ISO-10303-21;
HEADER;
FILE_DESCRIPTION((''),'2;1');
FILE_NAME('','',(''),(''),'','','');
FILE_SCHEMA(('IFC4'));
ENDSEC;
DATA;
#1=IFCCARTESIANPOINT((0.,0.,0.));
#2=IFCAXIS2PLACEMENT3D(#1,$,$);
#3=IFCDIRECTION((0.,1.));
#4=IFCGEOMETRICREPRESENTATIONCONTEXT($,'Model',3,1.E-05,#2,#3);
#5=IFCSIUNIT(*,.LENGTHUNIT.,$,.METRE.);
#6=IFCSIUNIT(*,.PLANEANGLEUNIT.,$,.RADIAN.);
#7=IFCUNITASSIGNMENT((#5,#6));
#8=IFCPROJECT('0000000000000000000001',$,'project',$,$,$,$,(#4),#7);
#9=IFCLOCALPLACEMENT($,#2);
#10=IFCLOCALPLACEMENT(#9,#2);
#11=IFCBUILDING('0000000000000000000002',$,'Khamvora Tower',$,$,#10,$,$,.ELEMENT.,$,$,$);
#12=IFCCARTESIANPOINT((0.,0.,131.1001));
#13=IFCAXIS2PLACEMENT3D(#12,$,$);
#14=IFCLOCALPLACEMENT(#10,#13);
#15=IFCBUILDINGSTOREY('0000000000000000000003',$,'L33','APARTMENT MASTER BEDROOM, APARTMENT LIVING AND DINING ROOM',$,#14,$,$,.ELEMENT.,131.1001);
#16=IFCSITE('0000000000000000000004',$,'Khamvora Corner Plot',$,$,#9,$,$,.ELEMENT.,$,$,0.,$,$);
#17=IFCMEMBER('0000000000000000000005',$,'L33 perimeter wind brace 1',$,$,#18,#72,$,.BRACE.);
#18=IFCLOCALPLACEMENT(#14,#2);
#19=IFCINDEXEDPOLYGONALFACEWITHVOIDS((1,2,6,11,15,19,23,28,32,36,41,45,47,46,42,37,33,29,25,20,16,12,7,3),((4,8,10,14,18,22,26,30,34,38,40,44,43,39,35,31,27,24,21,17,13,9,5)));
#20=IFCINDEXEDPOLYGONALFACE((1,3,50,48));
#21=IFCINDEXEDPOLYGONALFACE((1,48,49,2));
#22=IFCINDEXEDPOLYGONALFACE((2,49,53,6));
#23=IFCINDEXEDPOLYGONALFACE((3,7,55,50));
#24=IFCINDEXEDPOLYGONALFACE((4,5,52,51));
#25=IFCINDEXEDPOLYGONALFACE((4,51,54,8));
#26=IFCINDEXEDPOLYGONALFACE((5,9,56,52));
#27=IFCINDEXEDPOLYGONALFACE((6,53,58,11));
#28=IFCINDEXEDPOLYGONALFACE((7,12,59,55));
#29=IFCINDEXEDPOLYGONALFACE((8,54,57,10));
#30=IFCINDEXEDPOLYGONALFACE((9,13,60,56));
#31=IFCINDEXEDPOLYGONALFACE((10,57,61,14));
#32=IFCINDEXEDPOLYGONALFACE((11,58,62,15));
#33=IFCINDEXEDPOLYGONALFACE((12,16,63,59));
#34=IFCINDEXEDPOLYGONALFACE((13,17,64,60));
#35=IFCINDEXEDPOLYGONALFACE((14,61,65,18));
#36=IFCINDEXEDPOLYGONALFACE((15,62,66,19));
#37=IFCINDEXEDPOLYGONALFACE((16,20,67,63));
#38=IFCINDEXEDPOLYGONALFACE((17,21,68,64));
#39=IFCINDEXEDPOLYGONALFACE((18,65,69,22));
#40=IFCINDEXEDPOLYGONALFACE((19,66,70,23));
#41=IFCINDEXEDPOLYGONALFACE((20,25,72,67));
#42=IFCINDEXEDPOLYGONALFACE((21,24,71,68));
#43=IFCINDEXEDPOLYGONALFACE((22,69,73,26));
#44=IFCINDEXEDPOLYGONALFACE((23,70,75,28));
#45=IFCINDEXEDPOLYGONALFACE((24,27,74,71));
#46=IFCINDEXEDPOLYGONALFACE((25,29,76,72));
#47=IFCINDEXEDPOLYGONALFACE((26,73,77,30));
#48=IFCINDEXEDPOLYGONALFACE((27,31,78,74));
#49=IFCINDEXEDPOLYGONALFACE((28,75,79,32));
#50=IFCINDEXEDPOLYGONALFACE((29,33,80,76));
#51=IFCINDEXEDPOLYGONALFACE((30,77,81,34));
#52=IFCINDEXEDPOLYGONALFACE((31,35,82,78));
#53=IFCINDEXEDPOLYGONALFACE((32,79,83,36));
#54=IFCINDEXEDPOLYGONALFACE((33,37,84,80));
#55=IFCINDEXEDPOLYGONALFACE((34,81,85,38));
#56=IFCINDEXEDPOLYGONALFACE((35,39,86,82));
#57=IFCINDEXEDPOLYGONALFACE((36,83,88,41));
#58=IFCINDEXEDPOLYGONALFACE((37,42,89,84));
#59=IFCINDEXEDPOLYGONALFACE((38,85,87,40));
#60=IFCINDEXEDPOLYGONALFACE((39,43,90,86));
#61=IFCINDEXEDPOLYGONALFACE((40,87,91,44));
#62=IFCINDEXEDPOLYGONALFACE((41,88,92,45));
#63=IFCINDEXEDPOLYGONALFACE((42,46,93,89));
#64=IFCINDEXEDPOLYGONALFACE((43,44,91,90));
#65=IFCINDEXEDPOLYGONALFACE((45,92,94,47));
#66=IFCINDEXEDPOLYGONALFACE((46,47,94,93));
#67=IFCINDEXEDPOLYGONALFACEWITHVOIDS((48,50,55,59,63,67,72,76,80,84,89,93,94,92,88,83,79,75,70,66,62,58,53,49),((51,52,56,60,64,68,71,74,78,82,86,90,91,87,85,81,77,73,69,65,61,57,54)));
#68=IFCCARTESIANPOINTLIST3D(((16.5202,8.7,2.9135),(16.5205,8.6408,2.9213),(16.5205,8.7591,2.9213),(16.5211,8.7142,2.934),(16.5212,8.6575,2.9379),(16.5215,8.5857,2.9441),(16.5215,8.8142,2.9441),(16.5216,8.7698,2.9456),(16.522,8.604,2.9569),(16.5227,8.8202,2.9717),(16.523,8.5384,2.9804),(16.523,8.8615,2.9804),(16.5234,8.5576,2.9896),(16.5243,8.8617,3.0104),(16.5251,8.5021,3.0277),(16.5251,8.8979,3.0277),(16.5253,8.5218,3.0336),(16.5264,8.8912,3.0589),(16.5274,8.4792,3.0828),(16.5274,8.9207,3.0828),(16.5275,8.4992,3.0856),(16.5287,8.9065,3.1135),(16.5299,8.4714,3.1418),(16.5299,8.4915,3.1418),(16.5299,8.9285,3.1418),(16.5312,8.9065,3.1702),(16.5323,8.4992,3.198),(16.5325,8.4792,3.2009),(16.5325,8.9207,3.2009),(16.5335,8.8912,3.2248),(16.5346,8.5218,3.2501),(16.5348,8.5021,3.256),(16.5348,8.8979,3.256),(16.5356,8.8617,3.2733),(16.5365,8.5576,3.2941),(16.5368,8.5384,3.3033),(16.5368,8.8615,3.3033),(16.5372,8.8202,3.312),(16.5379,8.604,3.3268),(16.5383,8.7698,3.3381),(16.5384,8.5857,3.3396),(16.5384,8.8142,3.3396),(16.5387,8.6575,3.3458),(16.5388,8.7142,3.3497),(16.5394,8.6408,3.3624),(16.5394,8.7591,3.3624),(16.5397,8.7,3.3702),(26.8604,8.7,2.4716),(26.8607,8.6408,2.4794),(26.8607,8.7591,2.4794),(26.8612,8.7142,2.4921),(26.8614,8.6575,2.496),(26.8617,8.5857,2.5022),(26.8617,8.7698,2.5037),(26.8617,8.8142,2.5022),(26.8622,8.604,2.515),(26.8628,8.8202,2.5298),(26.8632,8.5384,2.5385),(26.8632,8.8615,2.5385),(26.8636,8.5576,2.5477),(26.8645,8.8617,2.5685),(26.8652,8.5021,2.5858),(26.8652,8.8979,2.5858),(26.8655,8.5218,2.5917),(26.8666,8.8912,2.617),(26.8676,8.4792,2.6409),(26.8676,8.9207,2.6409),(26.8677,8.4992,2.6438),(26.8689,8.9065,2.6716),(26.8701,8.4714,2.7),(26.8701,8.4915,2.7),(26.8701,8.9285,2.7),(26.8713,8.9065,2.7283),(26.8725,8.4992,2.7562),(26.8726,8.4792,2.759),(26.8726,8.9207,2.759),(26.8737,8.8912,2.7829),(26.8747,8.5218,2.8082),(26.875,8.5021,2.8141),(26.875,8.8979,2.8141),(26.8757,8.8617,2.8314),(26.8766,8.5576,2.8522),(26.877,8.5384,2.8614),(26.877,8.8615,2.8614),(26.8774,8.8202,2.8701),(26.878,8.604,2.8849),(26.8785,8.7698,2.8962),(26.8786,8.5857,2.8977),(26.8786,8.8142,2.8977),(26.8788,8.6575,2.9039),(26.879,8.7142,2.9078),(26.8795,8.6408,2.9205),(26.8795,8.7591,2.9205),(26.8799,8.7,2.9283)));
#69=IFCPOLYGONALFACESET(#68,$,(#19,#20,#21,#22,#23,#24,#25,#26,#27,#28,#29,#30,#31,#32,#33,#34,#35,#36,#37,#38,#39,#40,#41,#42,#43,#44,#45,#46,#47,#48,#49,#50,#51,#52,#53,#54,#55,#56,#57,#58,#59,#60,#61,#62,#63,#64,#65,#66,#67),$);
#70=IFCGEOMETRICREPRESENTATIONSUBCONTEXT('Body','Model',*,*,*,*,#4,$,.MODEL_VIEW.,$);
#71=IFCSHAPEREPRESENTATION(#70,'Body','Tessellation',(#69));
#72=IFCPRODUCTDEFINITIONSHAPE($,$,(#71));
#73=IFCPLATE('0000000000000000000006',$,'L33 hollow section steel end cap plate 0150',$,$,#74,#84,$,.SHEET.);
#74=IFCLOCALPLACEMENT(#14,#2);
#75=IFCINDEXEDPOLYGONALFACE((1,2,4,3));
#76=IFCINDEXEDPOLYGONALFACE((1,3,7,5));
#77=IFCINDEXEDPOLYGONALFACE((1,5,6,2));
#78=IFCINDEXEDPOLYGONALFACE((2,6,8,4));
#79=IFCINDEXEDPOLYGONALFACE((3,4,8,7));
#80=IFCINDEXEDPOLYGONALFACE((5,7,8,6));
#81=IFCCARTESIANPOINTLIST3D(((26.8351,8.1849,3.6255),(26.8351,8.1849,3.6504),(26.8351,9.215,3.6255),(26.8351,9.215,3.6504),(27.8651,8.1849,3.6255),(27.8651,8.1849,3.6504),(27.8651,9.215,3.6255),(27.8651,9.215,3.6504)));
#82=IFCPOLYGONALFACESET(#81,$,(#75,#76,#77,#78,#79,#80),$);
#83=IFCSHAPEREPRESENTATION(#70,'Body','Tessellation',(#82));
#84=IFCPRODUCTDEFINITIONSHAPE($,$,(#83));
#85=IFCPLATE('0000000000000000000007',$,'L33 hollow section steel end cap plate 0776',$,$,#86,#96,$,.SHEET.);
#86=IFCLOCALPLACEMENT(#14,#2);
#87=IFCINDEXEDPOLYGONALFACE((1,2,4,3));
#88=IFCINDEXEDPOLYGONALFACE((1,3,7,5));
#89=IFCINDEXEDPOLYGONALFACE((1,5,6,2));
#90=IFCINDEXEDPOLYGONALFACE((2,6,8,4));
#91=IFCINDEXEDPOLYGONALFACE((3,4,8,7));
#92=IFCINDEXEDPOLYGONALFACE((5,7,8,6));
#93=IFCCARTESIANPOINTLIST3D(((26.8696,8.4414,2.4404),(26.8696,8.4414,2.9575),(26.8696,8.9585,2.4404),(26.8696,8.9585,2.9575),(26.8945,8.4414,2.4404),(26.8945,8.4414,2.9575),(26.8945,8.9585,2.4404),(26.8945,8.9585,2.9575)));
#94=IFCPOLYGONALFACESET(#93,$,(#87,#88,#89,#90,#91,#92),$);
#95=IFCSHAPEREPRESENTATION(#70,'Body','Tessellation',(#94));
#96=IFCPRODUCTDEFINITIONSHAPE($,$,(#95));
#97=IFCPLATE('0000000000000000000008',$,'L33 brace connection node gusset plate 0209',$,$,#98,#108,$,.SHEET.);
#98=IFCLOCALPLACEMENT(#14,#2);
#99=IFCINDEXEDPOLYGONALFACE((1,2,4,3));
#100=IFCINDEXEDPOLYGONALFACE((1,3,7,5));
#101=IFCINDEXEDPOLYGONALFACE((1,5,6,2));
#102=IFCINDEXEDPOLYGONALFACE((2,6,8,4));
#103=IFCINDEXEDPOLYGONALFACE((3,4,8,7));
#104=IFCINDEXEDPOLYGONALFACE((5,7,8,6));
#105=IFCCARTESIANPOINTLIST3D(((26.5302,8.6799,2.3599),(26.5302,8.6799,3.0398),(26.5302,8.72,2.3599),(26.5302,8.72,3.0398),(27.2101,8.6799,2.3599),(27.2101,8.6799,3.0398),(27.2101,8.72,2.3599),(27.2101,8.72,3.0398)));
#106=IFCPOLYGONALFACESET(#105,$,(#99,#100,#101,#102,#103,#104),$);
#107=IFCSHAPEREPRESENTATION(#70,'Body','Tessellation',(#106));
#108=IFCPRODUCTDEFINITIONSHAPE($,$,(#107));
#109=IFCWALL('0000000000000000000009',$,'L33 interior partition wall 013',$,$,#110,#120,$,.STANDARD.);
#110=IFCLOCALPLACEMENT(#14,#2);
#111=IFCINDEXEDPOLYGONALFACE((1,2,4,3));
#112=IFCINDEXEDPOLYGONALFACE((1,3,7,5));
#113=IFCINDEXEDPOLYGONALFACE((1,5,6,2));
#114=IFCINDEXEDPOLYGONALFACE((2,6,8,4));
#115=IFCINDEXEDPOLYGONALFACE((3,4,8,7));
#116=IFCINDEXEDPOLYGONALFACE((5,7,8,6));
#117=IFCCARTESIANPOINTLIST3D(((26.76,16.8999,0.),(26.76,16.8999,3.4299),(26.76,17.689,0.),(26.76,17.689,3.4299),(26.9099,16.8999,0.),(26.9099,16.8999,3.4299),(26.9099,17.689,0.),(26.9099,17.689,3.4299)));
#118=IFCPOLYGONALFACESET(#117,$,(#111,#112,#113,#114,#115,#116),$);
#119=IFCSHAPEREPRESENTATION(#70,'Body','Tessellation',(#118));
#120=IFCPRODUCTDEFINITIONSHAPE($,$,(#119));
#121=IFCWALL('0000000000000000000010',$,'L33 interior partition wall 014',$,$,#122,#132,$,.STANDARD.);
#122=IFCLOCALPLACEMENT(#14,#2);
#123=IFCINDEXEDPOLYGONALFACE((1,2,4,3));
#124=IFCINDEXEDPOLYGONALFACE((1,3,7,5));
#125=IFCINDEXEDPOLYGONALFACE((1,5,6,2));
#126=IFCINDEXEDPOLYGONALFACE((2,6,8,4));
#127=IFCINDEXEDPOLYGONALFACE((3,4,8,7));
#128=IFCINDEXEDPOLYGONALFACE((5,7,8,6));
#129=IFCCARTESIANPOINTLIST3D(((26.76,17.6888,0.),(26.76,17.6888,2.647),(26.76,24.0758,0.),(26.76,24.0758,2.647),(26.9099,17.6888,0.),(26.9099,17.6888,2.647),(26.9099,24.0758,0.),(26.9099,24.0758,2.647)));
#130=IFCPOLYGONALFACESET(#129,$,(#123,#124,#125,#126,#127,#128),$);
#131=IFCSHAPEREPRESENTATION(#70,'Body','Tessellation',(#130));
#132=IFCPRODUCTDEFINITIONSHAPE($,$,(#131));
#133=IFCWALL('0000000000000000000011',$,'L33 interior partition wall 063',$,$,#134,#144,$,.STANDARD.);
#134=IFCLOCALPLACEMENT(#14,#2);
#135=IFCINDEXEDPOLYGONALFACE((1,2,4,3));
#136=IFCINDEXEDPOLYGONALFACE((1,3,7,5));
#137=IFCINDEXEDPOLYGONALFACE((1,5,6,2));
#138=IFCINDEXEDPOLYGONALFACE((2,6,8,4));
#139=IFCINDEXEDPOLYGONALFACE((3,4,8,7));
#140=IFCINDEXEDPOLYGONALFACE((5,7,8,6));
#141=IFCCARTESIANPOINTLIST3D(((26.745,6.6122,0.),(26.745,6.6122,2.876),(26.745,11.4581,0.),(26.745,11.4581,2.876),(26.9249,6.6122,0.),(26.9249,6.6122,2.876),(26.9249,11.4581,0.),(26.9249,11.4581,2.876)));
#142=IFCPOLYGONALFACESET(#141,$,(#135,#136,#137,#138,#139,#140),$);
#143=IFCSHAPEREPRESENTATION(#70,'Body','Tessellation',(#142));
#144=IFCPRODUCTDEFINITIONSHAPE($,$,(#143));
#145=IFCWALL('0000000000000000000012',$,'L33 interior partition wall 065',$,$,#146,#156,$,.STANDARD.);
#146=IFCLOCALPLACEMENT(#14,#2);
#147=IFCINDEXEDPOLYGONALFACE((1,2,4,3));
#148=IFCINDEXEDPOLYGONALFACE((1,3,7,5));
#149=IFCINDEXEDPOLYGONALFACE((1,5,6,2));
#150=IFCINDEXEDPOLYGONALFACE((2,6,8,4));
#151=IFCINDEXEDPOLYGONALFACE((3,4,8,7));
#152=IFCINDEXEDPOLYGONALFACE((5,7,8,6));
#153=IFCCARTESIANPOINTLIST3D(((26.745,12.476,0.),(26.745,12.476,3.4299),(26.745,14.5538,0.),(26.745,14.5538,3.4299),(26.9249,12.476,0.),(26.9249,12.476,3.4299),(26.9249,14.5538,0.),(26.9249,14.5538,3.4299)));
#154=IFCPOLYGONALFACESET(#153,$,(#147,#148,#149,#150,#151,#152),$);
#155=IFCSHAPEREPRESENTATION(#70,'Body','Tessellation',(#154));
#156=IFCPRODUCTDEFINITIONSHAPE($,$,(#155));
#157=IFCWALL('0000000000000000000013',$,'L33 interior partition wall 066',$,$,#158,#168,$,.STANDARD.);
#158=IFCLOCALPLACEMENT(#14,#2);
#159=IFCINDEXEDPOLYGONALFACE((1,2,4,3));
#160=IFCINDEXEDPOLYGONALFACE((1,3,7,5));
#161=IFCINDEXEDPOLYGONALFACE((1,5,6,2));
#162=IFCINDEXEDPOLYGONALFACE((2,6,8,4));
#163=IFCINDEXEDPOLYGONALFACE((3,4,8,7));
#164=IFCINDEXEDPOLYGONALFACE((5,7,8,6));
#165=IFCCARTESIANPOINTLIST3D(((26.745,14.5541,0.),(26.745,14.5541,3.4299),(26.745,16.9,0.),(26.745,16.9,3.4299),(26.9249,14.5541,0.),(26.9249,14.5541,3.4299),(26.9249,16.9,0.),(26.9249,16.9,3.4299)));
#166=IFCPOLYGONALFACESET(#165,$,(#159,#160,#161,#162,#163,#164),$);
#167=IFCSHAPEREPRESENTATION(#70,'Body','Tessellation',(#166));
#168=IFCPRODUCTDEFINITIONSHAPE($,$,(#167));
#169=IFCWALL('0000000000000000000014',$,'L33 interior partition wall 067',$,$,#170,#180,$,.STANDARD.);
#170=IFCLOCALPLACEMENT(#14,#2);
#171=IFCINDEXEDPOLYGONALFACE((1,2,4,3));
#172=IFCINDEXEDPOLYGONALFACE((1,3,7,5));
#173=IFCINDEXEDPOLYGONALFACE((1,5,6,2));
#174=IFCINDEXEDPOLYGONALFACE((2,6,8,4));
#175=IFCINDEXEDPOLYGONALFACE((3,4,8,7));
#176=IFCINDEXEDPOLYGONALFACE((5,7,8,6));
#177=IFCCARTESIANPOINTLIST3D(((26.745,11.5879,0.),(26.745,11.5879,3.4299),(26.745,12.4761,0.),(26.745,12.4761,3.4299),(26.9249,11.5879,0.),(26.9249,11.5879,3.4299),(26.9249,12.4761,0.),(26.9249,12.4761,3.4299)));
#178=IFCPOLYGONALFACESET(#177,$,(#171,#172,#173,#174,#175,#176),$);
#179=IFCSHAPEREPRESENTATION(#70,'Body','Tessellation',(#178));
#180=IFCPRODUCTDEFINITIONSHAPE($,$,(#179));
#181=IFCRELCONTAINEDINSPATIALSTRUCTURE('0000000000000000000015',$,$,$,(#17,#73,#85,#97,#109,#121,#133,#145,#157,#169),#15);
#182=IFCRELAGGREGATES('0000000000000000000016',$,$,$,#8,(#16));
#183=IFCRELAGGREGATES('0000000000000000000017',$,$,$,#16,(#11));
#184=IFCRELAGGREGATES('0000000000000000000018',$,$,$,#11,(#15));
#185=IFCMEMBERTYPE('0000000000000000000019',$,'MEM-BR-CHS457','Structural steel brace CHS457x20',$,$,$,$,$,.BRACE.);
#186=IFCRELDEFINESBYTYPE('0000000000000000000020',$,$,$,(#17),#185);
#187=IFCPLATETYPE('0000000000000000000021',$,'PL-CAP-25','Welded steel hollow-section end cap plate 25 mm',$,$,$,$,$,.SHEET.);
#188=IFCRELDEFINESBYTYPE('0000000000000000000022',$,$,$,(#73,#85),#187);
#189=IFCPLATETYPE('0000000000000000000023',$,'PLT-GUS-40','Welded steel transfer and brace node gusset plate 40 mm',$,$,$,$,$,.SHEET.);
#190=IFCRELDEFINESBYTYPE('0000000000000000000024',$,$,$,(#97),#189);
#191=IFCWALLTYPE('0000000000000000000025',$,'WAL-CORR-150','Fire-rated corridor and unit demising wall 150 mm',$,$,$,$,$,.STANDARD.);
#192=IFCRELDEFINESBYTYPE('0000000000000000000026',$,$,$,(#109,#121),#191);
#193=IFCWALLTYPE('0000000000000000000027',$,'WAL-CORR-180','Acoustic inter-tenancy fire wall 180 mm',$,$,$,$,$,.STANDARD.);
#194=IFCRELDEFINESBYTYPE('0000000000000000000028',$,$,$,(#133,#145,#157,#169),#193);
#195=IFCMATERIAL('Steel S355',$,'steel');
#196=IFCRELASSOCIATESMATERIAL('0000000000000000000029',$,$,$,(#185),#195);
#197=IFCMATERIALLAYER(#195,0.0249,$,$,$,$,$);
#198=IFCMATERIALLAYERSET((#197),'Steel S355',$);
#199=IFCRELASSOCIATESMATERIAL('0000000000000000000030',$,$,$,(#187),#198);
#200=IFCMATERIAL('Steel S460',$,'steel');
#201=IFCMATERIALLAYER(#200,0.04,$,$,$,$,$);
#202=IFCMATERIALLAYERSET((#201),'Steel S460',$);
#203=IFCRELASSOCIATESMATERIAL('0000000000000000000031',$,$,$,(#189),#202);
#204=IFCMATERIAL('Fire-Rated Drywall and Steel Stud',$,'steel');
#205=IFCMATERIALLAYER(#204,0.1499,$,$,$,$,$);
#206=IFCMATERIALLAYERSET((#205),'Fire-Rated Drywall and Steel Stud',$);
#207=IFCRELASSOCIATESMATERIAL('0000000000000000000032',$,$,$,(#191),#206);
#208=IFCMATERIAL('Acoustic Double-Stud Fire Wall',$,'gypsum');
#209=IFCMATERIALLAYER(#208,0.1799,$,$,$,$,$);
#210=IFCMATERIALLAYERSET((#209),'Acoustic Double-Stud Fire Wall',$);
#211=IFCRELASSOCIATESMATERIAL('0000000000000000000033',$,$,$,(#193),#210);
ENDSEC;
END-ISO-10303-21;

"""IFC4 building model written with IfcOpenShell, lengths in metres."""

from ifc_helpers import new_model, si_unit, direction, frame, frame_2d, origin, origin_2d, place, context, subcontext, project, spatial, rectangle, hollow_circle, extrude, material, layer, layer_set, material_profile, profile_set, type_object, element, save


model = new_model("IFC4")

# Units and contexts
model_context = context("Model", 3, precision=1e-05, world=origin(), true_north=direction((0.0, 1.0)))
body_context = subcontext(model_context, "Body", "Model", "MODEL_VIEW")
ifc_project = project(units=[si_unit("LENGTHUNIT", "METRE"), si_unit("PLANEANGLEUNIT", "RADIAN")], contexts=[model_context])

# Site, building, storey
site_placement = place(None, origin())
site = spatial("IfcSite", under=ifc_project, at=site_placement, Name="Khamvora Corner Plot", CompositionType="ELEMENT", RefElevation=0.0)
building_placement = place(site_placement, origin())
building = spatial("IfcBuilding", under=site, at=building_placement, Name="Khamvora Tower", CompositionType="ELEMENT")
storey_placement = place(building_placement, frame((0.0, 0.0, 131.1001)))
storey = spatial("IfcBuildingStorey", under=building, at=storey_placement, Name="L33", Description="APARTMENT MASTER BEDROOM, APARTMENT LIVING AND DINING ROOM", CompositionType="ELEMENT", Elevation=131.1001)

# Shared definitions
ifc_material_1 = material(Name="Steel S355", Category="steel")

# Member
ifc_material_profile_1 = material_profile(ifc_material_1, hollow_circle(Radius=0.2285, WallThickness=0.02, at=origin_2d()), Name="CHS457x20")
ifc_profile_set_1 = profile_set([ifc_material_profile_1], Name="Steel S355")
member_type = type_object("IfcMemberType", Name="MEM-BR-CHS457", Description="Structural steel brace CHS457x20", PredefinedType="BRACE", material=ifc_profile_set_1)
member_placement = place(storey_placement, frame((26.8701, 8.7, 2.7), z_axis=(-0.999088, 0.0, 0.042697), x_axis=(0.0, -1.0, 0.0)))
element("IfcMember", 1, at=member_placement, inside=storey, type_object=member_type, Name="L33 perimeter wind brace 1", PredefinedType="BRACE", context=body_context, shape_type="SweptSolid", body=[
    extrude(hollow_circle(Radius=0.2285, WallThickness=0.02, at=origin_2d()), origin(), (0.0, 0.0, 1.0), 10.3496),
])

# Plates
ifc_layer_1 = layer(ifc_material_1, 0.0249)
ifc_layer_set_1 = layer_set([ifc_layer_1], Name="Steel S355")
plate_type_1 = type_object("IfcPlateType", Name="PL-CAP-25", Description="Welded steel hollow-section end cap plate 25 mm", PredefinedType="SHEET", material=ifc_layer_set_1)
plate_1_placement = place(storey_placement, frame((27.3501, 8.7, 3.6255), z_axis=(0.0, 0.0, 1.0), x_axis=(1.0, 0.0, 0.0)))
element("IfcPlate", 2, at=plate_1_placement, inside=storey, type_object=plate_type_1, Name="L33 hollow section steel end cap plate 0150", PredefinedType="SHEET", context=body_context, shape_type="SweptSolid", body=[
    extrude(rectangle(XDim=1.03, YDim=1.03, at=origin_2d()), origin(), (0.0, 0.0, 1.0), 0.0249),
])
plate_2_placement = place(storey_placement, frame((26.8821, 8.7, 2.4404), z_axis=(0.0, 0.0, 1.0), x_axis=(-1.0, 0.0, 0.0)))
element("IfcPlate", 3, at=plate_2_placement, inside=storey, type_object=plate_type_1, Name="L33 hollow section steel end cap plate 0776", PredefinedType="SHEET", context=body_context, shape_type="SweptSolid", body=[
    extrude(rectangle(XDim=0.0249, YDim=0.5171, at=origin_2d()), origin(), (0.0, 0.0, 1.0), 0.5171),
])
ifc_material_2 = material(Name="Steel S460", Category="steel")
ifc_layer_2 = layer(ifc_material_2, 0.04)
ifc_layer_set_2 = layer_set([ifc_layer_2], Name="Steel S460")
plate_type_2 = type_object("IfcPlateType", Name="PLT-GUS-40", Description="Welded steel transfer and brace node gusset plate 40 mm", PredefinedType="SHEET", material=ifc_layer_set_2)
plate_3_placement = place(storey_placement, frame((26.8701, 8.7, 2.3599), z_axis=(0.0, 0.0, 1.0), x_axis=(1.0, 0.0, 0.0)))
element("IfcPlate", 4, at=plate_3_placement, inside=storey, type_object=plate_type_2, Name="L33 brace connection node gusset plate 0209", PredefinedType="SHEET", context=body_context, shape_type="SweptSolid", body=[
    extrude(rectangle(XDim=0.6799, YDim=0.04, at=origin_2d()), origin(), (0.0, 0.0, 1.0), 0.6799),
])

# Walls
ifc_material_3 = material(Name="Fire-Rated Drywall and Steel Stud", Category="steel")
ifc_layer_3 = layer(ifc_material_3, 0.1499)
ifc_layer_set_3 = layer_set([ifc_layer_3], Name="Fire-Rated Drywall and Steel Stud")
wall_type_1 = type_object("IfcWallType", Name="WAL-CORR-150", Description="Fire-rated corridor and unit demising wall 150 mm", PredefinedType="STANDARD", material=ifc_layer_set_3)
wall_1_placement = place(storey_placement, frame((26.835, 16.8999, 0.0), z_axis=(0.0, 0.0, 1.0), x_axis=(0.0, 1.0, 0.0)))
element("IfcWall", 5, at=wall_1_placement, inside=storey, type_object=wall_type_1, Name="L33 interior partition wall 013", PredefinedType="STANDARD", context=body_context, shape_type="SweptSolid", body=[
    extrude(rectangle(XDim=0.7891, YDim=0.1499, at=frame_2d((0.3945, 0.0))), origin(), (0.0, 0.0, 1.0), 3.4299),
])
wall_2_placement = place(storey_placement, frame((26.835, 17.689, 0.0), z_axis=(0.0, 0.0, 1.0), x_axis=(0.0, 1.0, 0.0)))
element("IfcWall", 6, at=wall_2_placement, inside=storey, type_object=wall_type_1, Name="L33 interior partition wall 014", PredefinedType="STANDARD", context=body_context, shape_type="SweptSolid", body=[
    extrude(rectangle(XDim=6.387, YDim=0.1499, at=frame_2d((3.1934, 0.0))), origin(), (0.0, 0.0, 1.0), 2.647),
])
ifc_material_4 = material(Name="Acoustic Double-Stud Fire Wall", Category="gypsum")
ifc_layer_4 = layer(ifc_material_4, 0.1799)
ifc_layer_set_4 = layer_set([ifc_layer_4], Name="Acoustic Double-Stud Fire Wall")
wall_type_2 = type_object("IfcWallType", Name="WAL-CORR-180", Description="Acoustic inter-tenancy fire wall 180 mm", PredefinedType="STANDARD", material=ifc_layer_set_4)
wall_3_placement = place(storey_placement, frame((26.835, 11.458, 0.0), z_axis=(0.0, 0.0, 1.0), x_axis=(0.0, -1.0, 0.0)))
element("IfcWall", 7, at=wall_3_placement, inside=storey, type_object=wall_type_2, Name="L33 interior partition wall 063", PredefinedType="STANDARD", context=body_context, shape_type="SweptSolid", body=[
    extrude(rectangle(XDim=4.8459, YDim=0.1799, at=frame_2d((2.4229, 0.0))), origin(), (0.0, 0.0, 1.0), 2.876),
])
wall_4_placement = place(storey_placement, frame((26.835, 14.554, 0.0), z_axis=(0.0, 0.0, 1.0), x_axis=(0.0, -1.0, 0.0)))
element("IfcWall", 8, at=wall_4_placement, inside=storey, type_object=wall_type_2, Name="L33 interior partition wall 065", PredefinedType="STANDARD", context=body_context, shape_type="SweptSolid", body=[
    extrude(rectangle(XDim=2.0779, YDim=0.1799, at=frame_2d((1.0391, 0.0))), origin(), (0.0, 0.0, 1.0), 3.4299),
])
wall_5_placement = place(storey_placement, frame((26.835, 16.8999, 0.0), z_axis=(0.0, 0.0, 1.0), x_axis=(0.0, -1.0, 0.0)))
element("IfcWall", 9, at=wall_5_placement, inside=storey, type_object=wall_type_2, Name="L33 interior partition wall 066", PredefinedType="STANDARD", context=body_context, shape_type="SweptSolid", body=[
    extrude(rectangle(XDim=2.3459, YDim=0.1799, at=frame_2d((1.1729, 0.0))), origin(), (0.0, 0.0, 1.0), 3.4299),
])
wall_6_placement = place(storey_placement, frame((26.835, 12.4761, 0.0), z_axis=(0.0, 0.0, 1.0), x_axis=(0.0, -1.0, 0.0)))
element("IfcWall", 10, at=wall_6_placement, inside=storey, type_object=wall_type_2, Name="L33 interior partition wall 067", PredefinedType="STANDARD", context=body_context, shape_type="SweptSolid", body=[
    extrude(rectangle(XDim=0.8882, YDim=0.1799, at=frame_2d((0.4441, 0.0))), origin(), (0.0, 0.0, 1.0), 3.4299),
])

save(model, "model.ifc")
